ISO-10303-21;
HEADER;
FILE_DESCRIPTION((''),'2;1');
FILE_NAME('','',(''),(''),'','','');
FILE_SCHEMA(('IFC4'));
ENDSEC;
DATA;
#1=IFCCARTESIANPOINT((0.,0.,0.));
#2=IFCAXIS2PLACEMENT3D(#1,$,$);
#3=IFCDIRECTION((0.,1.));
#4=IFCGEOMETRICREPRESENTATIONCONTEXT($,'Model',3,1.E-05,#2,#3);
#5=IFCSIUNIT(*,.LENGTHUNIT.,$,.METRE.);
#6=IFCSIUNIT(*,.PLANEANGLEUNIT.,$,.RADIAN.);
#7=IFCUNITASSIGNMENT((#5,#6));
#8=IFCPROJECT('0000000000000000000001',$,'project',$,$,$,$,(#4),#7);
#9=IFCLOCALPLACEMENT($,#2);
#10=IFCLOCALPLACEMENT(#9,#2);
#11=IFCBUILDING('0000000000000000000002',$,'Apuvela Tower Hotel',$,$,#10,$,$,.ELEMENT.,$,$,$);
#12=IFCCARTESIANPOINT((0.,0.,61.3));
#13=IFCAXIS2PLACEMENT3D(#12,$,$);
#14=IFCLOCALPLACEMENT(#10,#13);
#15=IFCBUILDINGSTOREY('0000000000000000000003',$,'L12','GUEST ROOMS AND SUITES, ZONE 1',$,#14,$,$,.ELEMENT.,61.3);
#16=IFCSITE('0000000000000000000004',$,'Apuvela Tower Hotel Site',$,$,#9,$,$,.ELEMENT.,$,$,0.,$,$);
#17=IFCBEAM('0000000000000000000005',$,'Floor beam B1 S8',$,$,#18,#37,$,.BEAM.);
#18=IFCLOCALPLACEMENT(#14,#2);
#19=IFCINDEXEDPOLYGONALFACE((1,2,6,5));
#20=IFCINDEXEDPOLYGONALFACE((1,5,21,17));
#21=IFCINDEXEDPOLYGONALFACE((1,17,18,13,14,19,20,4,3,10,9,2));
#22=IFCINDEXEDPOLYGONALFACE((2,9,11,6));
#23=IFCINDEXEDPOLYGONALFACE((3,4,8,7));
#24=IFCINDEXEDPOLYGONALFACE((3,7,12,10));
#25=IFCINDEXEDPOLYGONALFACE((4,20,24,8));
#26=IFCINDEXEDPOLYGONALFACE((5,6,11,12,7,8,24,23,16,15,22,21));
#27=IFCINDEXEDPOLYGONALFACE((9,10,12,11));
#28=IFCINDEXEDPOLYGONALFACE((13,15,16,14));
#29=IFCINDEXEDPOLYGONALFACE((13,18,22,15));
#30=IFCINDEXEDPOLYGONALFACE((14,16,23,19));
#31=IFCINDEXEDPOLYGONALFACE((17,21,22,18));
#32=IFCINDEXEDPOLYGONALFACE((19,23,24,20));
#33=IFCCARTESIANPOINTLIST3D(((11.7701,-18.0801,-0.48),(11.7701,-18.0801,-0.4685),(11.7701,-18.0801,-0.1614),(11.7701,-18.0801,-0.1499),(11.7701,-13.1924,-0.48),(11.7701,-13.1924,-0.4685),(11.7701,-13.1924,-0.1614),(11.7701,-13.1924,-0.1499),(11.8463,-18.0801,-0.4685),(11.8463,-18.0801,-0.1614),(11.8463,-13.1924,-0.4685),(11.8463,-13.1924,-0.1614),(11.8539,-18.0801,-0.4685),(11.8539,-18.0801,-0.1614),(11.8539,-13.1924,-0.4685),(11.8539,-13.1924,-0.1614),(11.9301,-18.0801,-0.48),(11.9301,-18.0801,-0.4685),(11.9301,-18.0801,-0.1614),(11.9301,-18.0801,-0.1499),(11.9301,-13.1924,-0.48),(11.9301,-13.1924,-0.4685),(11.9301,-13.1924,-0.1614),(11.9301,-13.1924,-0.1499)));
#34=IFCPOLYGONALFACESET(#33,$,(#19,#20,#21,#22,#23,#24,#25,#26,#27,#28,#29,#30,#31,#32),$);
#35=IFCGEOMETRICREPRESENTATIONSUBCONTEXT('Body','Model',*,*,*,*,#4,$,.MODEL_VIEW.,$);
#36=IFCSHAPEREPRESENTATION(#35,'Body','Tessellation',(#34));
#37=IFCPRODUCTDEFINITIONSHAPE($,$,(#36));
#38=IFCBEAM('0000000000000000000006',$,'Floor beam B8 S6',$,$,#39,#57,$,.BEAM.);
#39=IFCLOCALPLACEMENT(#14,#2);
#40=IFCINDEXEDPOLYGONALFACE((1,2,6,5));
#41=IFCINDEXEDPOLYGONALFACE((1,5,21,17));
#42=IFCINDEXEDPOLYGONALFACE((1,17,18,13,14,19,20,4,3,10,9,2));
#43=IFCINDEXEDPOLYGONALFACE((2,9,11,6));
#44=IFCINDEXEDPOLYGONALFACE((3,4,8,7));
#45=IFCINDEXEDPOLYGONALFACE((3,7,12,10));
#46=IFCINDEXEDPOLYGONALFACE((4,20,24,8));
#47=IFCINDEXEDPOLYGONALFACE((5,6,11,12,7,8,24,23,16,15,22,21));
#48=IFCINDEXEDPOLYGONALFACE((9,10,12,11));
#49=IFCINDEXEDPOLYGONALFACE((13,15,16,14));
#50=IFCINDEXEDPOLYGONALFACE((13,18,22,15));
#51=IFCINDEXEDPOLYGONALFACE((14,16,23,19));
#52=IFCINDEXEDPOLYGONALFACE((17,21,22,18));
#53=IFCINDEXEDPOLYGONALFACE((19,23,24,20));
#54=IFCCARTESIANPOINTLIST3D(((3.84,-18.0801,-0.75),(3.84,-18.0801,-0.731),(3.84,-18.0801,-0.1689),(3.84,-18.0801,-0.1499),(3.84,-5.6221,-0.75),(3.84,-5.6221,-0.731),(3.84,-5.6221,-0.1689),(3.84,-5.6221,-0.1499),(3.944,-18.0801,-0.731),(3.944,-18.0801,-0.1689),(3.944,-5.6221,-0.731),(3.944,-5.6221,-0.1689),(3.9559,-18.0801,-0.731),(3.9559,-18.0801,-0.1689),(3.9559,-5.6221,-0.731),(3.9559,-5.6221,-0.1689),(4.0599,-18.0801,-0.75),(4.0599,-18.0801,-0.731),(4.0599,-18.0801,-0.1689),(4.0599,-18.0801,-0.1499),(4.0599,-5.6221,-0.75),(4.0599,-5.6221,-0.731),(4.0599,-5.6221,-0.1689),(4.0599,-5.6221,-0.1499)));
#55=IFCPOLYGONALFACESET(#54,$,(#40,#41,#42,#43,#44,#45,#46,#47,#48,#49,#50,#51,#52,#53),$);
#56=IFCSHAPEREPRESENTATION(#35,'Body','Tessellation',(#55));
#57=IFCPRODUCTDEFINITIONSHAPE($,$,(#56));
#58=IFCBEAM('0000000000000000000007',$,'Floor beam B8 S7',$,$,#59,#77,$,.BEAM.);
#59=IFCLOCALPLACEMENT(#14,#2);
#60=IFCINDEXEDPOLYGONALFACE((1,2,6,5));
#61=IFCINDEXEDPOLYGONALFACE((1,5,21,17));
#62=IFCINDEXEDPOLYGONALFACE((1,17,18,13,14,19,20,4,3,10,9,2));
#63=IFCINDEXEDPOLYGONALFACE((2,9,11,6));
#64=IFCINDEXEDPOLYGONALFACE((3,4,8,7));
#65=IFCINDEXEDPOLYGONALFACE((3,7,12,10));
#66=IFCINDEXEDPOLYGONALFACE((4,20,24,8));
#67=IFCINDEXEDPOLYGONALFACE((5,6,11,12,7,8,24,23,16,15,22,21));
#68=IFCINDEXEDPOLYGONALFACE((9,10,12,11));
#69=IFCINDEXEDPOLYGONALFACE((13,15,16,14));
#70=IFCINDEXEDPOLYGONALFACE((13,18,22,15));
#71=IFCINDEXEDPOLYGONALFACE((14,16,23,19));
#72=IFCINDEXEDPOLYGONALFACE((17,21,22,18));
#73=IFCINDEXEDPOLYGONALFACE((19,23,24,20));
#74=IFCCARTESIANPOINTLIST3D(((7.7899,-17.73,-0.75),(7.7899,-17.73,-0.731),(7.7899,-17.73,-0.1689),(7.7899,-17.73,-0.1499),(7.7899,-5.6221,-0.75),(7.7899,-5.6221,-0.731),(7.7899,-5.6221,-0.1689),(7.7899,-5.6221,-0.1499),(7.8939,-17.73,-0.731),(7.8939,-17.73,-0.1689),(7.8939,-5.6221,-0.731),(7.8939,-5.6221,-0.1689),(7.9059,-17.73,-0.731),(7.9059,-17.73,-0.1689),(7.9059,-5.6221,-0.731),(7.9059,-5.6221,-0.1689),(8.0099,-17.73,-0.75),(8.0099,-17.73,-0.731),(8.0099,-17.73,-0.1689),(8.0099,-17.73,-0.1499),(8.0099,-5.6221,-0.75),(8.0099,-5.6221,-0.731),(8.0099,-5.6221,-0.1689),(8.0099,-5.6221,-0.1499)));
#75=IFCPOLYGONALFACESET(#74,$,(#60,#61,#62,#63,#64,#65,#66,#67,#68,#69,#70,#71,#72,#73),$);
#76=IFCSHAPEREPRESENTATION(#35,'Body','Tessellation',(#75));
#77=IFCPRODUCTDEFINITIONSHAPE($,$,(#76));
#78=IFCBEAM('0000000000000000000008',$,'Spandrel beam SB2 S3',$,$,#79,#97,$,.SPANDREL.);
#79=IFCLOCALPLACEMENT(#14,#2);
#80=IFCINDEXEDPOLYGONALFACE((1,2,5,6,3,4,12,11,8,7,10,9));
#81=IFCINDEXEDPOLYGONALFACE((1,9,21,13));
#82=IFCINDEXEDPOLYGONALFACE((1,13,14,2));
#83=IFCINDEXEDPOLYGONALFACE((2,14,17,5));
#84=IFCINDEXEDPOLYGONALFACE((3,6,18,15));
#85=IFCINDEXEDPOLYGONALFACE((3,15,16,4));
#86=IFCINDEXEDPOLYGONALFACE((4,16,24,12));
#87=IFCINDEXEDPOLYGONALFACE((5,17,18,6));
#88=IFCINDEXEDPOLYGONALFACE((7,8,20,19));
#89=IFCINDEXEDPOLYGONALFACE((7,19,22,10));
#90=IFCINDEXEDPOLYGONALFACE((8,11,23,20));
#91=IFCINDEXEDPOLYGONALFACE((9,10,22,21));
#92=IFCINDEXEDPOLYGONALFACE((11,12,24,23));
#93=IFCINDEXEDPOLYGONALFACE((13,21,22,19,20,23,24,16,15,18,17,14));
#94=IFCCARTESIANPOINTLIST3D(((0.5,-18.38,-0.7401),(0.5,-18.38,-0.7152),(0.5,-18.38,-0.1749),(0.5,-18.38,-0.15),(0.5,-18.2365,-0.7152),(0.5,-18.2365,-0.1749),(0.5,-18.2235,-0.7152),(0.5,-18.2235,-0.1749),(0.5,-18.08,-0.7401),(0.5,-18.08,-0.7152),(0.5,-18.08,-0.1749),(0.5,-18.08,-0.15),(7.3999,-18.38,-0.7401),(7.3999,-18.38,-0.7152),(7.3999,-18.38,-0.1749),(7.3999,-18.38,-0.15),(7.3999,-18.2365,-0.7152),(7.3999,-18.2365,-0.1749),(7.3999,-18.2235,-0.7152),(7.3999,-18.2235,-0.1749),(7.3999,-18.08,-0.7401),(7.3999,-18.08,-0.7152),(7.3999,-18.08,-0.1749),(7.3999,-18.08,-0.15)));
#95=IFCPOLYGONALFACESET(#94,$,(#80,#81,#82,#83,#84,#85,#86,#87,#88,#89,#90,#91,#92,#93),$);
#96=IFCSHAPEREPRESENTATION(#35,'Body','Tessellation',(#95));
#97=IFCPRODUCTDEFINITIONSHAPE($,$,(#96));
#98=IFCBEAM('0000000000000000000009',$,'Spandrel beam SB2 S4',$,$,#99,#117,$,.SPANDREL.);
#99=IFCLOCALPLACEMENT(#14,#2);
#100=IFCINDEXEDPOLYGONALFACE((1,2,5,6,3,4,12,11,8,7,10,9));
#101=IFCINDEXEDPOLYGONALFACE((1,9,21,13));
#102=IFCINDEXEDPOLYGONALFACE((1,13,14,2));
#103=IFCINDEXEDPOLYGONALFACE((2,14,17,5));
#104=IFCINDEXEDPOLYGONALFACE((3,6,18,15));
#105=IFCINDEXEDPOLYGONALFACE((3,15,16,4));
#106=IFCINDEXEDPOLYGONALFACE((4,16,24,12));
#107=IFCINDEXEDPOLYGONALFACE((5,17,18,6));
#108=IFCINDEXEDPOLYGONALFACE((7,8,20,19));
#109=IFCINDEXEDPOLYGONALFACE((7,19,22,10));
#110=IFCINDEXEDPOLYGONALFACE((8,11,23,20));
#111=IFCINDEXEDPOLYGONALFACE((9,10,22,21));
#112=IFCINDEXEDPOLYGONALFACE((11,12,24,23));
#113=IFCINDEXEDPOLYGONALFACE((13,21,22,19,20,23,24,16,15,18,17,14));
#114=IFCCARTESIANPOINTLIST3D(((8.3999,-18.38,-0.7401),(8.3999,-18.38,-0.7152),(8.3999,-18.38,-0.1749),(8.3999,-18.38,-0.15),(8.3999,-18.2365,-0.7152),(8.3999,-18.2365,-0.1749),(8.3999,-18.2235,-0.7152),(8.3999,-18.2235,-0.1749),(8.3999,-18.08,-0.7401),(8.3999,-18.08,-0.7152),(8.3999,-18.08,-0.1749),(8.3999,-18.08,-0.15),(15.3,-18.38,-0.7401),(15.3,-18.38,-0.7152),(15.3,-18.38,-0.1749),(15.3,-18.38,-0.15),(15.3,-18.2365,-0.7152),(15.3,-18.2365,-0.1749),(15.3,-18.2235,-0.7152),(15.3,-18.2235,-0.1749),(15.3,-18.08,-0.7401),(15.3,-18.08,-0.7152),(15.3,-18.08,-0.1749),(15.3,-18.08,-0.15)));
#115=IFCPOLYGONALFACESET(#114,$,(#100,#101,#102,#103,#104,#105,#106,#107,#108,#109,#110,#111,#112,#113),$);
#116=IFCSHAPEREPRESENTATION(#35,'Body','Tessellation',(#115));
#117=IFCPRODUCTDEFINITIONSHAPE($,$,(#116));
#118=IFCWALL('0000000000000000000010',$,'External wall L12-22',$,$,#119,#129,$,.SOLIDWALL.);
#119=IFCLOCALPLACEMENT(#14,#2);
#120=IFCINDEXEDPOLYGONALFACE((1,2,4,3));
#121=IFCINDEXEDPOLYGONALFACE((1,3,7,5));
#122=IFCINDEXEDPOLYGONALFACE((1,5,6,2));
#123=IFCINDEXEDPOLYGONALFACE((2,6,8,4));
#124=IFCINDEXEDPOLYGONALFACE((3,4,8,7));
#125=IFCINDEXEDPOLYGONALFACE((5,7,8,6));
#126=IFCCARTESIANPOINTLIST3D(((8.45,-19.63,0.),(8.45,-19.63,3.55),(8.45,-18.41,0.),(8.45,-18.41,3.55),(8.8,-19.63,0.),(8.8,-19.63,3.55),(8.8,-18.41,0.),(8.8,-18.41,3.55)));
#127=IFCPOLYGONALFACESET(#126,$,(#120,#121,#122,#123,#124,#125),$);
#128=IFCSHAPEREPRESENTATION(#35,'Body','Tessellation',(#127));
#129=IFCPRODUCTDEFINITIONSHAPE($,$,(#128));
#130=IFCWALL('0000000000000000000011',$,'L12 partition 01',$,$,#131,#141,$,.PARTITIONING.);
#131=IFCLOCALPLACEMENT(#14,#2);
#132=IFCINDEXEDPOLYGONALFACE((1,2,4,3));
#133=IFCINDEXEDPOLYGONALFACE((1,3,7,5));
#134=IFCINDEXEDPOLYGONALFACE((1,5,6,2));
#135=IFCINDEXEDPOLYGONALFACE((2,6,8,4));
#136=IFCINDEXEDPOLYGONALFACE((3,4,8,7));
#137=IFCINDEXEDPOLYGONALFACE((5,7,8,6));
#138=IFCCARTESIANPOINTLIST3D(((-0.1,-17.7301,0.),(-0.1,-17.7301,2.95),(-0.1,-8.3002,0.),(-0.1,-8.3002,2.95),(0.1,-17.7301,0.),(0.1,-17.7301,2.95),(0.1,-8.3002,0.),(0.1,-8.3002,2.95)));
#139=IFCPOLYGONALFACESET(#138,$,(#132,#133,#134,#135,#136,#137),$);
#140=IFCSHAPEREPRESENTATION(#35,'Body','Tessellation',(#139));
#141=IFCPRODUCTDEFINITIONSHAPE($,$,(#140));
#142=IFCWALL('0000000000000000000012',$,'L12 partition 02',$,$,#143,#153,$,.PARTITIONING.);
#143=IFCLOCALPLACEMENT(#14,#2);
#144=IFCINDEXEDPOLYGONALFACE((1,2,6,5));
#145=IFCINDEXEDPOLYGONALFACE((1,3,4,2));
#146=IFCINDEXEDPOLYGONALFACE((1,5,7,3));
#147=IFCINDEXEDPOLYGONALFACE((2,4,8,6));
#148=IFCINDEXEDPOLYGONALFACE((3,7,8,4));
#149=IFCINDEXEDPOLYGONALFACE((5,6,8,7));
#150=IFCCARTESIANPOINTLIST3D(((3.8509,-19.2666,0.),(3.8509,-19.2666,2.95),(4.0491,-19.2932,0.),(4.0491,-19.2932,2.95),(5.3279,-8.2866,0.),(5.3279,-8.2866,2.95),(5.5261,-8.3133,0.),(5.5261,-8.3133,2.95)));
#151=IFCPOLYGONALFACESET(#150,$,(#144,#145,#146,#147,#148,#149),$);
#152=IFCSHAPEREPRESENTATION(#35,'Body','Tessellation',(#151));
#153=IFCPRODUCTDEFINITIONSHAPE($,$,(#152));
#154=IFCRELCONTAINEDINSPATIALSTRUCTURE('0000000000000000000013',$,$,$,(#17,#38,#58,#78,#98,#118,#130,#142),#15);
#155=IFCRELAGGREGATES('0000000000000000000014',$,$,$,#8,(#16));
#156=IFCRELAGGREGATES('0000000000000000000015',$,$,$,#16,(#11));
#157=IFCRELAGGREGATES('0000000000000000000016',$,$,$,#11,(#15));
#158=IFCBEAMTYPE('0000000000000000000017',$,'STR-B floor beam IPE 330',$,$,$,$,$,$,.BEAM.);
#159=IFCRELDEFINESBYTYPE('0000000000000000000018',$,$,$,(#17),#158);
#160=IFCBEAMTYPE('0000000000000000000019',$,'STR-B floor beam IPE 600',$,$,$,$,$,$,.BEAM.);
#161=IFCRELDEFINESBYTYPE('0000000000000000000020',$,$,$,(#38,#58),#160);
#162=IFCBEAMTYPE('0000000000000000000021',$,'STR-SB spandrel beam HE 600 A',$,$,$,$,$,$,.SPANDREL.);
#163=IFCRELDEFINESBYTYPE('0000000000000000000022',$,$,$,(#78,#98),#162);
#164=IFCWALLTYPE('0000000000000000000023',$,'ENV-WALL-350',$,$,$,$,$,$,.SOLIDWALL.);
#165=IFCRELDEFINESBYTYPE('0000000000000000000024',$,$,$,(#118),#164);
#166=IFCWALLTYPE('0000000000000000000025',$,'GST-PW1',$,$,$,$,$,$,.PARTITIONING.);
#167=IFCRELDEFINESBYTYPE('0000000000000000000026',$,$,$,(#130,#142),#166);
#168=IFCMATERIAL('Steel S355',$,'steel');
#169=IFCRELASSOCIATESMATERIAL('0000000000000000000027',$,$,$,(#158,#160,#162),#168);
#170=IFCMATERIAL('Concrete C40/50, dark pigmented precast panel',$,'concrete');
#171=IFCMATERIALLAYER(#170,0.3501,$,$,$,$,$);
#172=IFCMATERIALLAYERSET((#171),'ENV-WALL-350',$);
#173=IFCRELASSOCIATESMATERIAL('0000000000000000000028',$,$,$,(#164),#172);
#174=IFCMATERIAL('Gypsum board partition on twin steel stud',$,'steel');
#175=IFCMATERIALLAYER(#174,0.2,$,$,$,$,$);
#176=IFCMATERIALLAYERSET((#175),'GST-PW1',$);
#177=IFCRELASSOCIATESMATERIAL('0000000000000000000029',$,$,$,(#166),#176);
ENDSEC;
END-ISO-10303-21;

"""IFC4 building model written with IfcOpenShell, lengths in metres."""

from ifc_helpers import new_model, si_unit, direction, frame, frame_2d, origin, origin_2d, place, context, subcontext, project, spatial, rectangle, i_section, extrude, material, layer, layer_set, material_profile, profile_set, type_object, element, save


model = new_model("IFC4")

# Units and contexts
model_context = context("Model", 3, precision=1e-05, world=origin(), true_north=direction((0.0, 1.0)))
body_context = subcontext(model_context, "Body", "Model", "MODEL_VIEW")
ifc_project = project(units=[si_unit("LENGTHUNIT", "METRE"), si_unit("PLANEANGLEUNIT", "RADIAN")], contexts=[model_context])

# Site, building, storey
site_placement = place(None, origin())
site = spatial("IfcSite", under=ifc_project, at=site_placement, Name="Apuvela Tower Hotel Site", CompositionType="ELEMENT", RefElevation=0.0)
building_placement = place(site_placement, origin())
building = spatial("IfcBuilding", under=site, at=building_placement, Name="Apuvela Tower Hotel", CompositionType="ELEMENT")
storey_placement = place(building_placement, frame((0.0, 0.0, 61.3)))
storey = spatial("IfcBuildingStorey", under=building, at=storey_placement, Name="L12", Description="GUEST ROOMS AND SUITES, ZONE 1", CompositionType="ELEMENT", Elevation=61.3)

# Beams
ifc_material_1 = material(Name="Steel S355", Category="steel")
ifc_material_profile_1 = material_profile(ifc_material_1, i_section(OverallWidth=0.1599, OverallDepth=0.3301, WebThickness=0.0076, FlangeThickness=0.0115, at=origin_2d()), Name="IPE 330")
ifc_profile_set_1 = profile_set([ifc_material_profile_1], Name="Steel S355")
beam_type_1 = type_object("IfcBeamType", Name="STR-B floor beam IPE 330", PredefinedType="BEAM", material=ifc_profile_set_1)
beam_1_placement = place(storey_placement, frame((11.8501, -18.0801, -0.3149), z_axis=(0.0, 1.0, 0.0), x_axis=(-1.0, 0.0, 0.0)))
element("IfcBeam", 1, at=beam_1_placement, inside=storey, type_object=beam_type_1, Name="Floor beam B1 S8", PredefinedType="BEAM", context=body_context, shape_type="SweptSolid", body=[
    extrude(i_section(OverallWidth=0.1599, OverallDepth=0.3301, WebThickness=0.0076, FlangeThickness=0.0115, at=origin_2d()), origin(), (0.0, 0.0, 1.0), 4.8877),
])
ifc_material_profile_2 = material_profile(ifc_material_1, i_section(OverallWidth=0.22, OverallDepth=0.6001, WebThickness=0.012, FlangeThickness=0.019, at=origin_2d()), Name="IPE 600")
ifc_profile_set_2 = profile_set([ifc_material_profile_2], Name="Steel S355")
beam_type_2 = type_object("IfcBeamType", Name="STR-B floor beam IPE 600", PredefinedType="BEAM", material=ifc_profile_set_2)
beam_2_placement = place(storey_placement, frame((3.95, -18.0801, -0.45), z_axis=(0.0, 1.0, 0.0), x_axis=(-1.0, 0.0, 0.0)))
element("IfcBeam", 2, at=beam_2_placement, inside=storey, type_object=beam_type_2, Name="Floor beam B8 S6", PredefinedType="BEAM", context=body_context, shape_type="SweptSolid", body=[
    extrude(i_section(OverallWidth=0.22, OverallDepth=0.6001, WebThickness=0.012, FlangeThickness=0.019, at=origin_2d()), origin(), (0.0, 0.0, 1.0), 12.458),
])
beam_3_placement = place(storey_placement, frame((7.8999, -17.73, -0.45), z_axis=(0.0, 1.0, 0.0), x_axis=(-1.0, 0.0, 0.0)))
element("IfcBeam", 3, at=beam_3_placement, inside=storey, type_object=beam_type_2, Name="Floor beam B8 S7", PredefinedType="BEAM", context=body_context, shape_type="SweptSolid", body=[
    extrude(i_section(OverallWidth=0.22, OverallDepth=0.6001, WebThickness=0.012, FlangeThickness=0.019, at=origin_2d()), origin(), (0.0, 0.0, 1.0), 12.1079),
])
ifc_material_profile_3 = material_profile(ifc_material_1, i_section(OverallWidth=0.3, OverallDepth=0.5901, WebThickness=0.0129, FlangeThickness=0.0249, at=origin_2d()), Name="HE 600 A")
ifc_profile_set_3 = profile_set([ifc_material_profile_3], Name="Steel S355")
beam_type_3 = type_object("IfcBeamType", Name="STR-SB spandrel beam HE 600 A", PredefinedType="SPANDREL", material=ifc_profile_set_3)
beam_4_placement = place(storey_placement, frame((0.5, -18.23, -0.4451), z_axis=(1.0, 0.0, 0.0), x_axis=(0.0, 1.0, 0.0)))
element("IfcBeam", 4, at=beam_4_placement, inside=storey, type_object=beam_type_3, Name="Spandrel beam SB2 S3", PredefinedType="SPANDREL", context=body_context, shape_type="SweptSolid", body=[
    extrude(i_section(OverallWidth=0.3, OverallDepth=0.5901, WebThickness=0.0129, FlangeThickness=0.0249, at=origin_2d()), origin(), (0.0, 0.0, 1.0), 6.8999),
])
beam_5_placement = place(storey_placement, frame((8.3999, -18.23, -0.4451), z_axis=(1.0, 0.0, 0.0), x_axis=(0.0, 1.0, 0.0)))
element("IfcBeam", 5, at=beam_5_placement, inside=storey, type_object=beam_type_3, Name="Spandrel beam SB2 S4", PredefinedType="SPANDREL", context=body_context, shape_type="SweptSolid", body=[
    extrude(i_section(OverallWidth=0.3, OverallDepth=0.5901, WebThickness=0.0129, FlangeThickness=0.0249, at=origin_2d()), origin(), (0.0, 0.0, 1.0), 6.9001),
])

# Wall
ifc_material_2 = material(Name="Concrete C40/50, dark pigmented precast panel", Category="concrete")
ifc_layer_1 = layer(ifc_material_2, 0.3501)
ifc_layer_set_1 = layer_set([ifc_layer_1], Name="ENV-WALL-350")
wall_type_1 = type_object("IfcWallType", Name="ENV-WALL-350", PredefinedType="SOLIDWALL", material=ifc_layer_set_1)
wall_1_placement = place(storey_placement, frame((8.625, -19.6299, 0.0), z_axis=(0.0, 0.0, 1.0), x_axis=(0.0, 1.0, 0.0)))
element("IfcWall", 6, at=wall_1_placement, inside=storey, type_object=wall_type_1, Name="External wall L12-22", PredefinedType="SOLIDWALL", context=body_context, shape_type="SweptSolid", body=[
    extrude(rectangle(XDim=1.22, YDim=0.3501, at=frame_2d((0.6099, 0.0))), origin(), (0.0, 0.0, 1.0), 3.55),
])

# Walls
ifc_material_3 = material(Name="Gypsum board partition on twin steel stud", Category="steel")
ifc_layer_2 = layer(ifc_material_3, 0.2)
ifc_layer_set_2 = layer_set([ifc_layer_2], Name="GST-PW1")
wall_type_2 = type_object("IfcWallType", Name="GST-PW1", PredefinedType="PARTITIONING", material=ifc_layer_set_2)
wall_2_placement = place(storey_placement, frame((0.0, -17.73, 0.0), z_axis=(0.0, 0.0, 1.0), x_axis=(0.0, 1.0, 0.0)))
element("IfcWall", 7, at=wall_2_placement, inside=storey, type_object=wall_type_2, Name="L12 partition 01", PredefinedType="PARTITIONING", context=body_context, shape_type="SweptSolid", body=[
    extrude(rectangle(XDim=9.4299, YDim=0.2, at=frame_2d((4.7148, 0.0))), origin(), (0.0, 0.0, 1.0), 2.95),
])
wall_3_placement = place(storey_placement, frame((3.95, -19.28, 0.0), z_axis=(0.0, 0.0, 1.0), x_axis=(0.133321, 0.991073, 0.0)))
element("IfcWall", 8, at=wall_3_placement, inside=storey, type_object=wall_type_2, Name="L12 partition 02", PredefinedType="PARTITIONING", context=body_context, shape_type="SweptSolid", body=[
    extrude(rectangle(XDim=11.0789, YDim=0.2, at=frame_2d((5.5396, 0.0))), origin(), (0.0, 0.0, 1.0), 2.95),
])

save(model, "model.ifc")
